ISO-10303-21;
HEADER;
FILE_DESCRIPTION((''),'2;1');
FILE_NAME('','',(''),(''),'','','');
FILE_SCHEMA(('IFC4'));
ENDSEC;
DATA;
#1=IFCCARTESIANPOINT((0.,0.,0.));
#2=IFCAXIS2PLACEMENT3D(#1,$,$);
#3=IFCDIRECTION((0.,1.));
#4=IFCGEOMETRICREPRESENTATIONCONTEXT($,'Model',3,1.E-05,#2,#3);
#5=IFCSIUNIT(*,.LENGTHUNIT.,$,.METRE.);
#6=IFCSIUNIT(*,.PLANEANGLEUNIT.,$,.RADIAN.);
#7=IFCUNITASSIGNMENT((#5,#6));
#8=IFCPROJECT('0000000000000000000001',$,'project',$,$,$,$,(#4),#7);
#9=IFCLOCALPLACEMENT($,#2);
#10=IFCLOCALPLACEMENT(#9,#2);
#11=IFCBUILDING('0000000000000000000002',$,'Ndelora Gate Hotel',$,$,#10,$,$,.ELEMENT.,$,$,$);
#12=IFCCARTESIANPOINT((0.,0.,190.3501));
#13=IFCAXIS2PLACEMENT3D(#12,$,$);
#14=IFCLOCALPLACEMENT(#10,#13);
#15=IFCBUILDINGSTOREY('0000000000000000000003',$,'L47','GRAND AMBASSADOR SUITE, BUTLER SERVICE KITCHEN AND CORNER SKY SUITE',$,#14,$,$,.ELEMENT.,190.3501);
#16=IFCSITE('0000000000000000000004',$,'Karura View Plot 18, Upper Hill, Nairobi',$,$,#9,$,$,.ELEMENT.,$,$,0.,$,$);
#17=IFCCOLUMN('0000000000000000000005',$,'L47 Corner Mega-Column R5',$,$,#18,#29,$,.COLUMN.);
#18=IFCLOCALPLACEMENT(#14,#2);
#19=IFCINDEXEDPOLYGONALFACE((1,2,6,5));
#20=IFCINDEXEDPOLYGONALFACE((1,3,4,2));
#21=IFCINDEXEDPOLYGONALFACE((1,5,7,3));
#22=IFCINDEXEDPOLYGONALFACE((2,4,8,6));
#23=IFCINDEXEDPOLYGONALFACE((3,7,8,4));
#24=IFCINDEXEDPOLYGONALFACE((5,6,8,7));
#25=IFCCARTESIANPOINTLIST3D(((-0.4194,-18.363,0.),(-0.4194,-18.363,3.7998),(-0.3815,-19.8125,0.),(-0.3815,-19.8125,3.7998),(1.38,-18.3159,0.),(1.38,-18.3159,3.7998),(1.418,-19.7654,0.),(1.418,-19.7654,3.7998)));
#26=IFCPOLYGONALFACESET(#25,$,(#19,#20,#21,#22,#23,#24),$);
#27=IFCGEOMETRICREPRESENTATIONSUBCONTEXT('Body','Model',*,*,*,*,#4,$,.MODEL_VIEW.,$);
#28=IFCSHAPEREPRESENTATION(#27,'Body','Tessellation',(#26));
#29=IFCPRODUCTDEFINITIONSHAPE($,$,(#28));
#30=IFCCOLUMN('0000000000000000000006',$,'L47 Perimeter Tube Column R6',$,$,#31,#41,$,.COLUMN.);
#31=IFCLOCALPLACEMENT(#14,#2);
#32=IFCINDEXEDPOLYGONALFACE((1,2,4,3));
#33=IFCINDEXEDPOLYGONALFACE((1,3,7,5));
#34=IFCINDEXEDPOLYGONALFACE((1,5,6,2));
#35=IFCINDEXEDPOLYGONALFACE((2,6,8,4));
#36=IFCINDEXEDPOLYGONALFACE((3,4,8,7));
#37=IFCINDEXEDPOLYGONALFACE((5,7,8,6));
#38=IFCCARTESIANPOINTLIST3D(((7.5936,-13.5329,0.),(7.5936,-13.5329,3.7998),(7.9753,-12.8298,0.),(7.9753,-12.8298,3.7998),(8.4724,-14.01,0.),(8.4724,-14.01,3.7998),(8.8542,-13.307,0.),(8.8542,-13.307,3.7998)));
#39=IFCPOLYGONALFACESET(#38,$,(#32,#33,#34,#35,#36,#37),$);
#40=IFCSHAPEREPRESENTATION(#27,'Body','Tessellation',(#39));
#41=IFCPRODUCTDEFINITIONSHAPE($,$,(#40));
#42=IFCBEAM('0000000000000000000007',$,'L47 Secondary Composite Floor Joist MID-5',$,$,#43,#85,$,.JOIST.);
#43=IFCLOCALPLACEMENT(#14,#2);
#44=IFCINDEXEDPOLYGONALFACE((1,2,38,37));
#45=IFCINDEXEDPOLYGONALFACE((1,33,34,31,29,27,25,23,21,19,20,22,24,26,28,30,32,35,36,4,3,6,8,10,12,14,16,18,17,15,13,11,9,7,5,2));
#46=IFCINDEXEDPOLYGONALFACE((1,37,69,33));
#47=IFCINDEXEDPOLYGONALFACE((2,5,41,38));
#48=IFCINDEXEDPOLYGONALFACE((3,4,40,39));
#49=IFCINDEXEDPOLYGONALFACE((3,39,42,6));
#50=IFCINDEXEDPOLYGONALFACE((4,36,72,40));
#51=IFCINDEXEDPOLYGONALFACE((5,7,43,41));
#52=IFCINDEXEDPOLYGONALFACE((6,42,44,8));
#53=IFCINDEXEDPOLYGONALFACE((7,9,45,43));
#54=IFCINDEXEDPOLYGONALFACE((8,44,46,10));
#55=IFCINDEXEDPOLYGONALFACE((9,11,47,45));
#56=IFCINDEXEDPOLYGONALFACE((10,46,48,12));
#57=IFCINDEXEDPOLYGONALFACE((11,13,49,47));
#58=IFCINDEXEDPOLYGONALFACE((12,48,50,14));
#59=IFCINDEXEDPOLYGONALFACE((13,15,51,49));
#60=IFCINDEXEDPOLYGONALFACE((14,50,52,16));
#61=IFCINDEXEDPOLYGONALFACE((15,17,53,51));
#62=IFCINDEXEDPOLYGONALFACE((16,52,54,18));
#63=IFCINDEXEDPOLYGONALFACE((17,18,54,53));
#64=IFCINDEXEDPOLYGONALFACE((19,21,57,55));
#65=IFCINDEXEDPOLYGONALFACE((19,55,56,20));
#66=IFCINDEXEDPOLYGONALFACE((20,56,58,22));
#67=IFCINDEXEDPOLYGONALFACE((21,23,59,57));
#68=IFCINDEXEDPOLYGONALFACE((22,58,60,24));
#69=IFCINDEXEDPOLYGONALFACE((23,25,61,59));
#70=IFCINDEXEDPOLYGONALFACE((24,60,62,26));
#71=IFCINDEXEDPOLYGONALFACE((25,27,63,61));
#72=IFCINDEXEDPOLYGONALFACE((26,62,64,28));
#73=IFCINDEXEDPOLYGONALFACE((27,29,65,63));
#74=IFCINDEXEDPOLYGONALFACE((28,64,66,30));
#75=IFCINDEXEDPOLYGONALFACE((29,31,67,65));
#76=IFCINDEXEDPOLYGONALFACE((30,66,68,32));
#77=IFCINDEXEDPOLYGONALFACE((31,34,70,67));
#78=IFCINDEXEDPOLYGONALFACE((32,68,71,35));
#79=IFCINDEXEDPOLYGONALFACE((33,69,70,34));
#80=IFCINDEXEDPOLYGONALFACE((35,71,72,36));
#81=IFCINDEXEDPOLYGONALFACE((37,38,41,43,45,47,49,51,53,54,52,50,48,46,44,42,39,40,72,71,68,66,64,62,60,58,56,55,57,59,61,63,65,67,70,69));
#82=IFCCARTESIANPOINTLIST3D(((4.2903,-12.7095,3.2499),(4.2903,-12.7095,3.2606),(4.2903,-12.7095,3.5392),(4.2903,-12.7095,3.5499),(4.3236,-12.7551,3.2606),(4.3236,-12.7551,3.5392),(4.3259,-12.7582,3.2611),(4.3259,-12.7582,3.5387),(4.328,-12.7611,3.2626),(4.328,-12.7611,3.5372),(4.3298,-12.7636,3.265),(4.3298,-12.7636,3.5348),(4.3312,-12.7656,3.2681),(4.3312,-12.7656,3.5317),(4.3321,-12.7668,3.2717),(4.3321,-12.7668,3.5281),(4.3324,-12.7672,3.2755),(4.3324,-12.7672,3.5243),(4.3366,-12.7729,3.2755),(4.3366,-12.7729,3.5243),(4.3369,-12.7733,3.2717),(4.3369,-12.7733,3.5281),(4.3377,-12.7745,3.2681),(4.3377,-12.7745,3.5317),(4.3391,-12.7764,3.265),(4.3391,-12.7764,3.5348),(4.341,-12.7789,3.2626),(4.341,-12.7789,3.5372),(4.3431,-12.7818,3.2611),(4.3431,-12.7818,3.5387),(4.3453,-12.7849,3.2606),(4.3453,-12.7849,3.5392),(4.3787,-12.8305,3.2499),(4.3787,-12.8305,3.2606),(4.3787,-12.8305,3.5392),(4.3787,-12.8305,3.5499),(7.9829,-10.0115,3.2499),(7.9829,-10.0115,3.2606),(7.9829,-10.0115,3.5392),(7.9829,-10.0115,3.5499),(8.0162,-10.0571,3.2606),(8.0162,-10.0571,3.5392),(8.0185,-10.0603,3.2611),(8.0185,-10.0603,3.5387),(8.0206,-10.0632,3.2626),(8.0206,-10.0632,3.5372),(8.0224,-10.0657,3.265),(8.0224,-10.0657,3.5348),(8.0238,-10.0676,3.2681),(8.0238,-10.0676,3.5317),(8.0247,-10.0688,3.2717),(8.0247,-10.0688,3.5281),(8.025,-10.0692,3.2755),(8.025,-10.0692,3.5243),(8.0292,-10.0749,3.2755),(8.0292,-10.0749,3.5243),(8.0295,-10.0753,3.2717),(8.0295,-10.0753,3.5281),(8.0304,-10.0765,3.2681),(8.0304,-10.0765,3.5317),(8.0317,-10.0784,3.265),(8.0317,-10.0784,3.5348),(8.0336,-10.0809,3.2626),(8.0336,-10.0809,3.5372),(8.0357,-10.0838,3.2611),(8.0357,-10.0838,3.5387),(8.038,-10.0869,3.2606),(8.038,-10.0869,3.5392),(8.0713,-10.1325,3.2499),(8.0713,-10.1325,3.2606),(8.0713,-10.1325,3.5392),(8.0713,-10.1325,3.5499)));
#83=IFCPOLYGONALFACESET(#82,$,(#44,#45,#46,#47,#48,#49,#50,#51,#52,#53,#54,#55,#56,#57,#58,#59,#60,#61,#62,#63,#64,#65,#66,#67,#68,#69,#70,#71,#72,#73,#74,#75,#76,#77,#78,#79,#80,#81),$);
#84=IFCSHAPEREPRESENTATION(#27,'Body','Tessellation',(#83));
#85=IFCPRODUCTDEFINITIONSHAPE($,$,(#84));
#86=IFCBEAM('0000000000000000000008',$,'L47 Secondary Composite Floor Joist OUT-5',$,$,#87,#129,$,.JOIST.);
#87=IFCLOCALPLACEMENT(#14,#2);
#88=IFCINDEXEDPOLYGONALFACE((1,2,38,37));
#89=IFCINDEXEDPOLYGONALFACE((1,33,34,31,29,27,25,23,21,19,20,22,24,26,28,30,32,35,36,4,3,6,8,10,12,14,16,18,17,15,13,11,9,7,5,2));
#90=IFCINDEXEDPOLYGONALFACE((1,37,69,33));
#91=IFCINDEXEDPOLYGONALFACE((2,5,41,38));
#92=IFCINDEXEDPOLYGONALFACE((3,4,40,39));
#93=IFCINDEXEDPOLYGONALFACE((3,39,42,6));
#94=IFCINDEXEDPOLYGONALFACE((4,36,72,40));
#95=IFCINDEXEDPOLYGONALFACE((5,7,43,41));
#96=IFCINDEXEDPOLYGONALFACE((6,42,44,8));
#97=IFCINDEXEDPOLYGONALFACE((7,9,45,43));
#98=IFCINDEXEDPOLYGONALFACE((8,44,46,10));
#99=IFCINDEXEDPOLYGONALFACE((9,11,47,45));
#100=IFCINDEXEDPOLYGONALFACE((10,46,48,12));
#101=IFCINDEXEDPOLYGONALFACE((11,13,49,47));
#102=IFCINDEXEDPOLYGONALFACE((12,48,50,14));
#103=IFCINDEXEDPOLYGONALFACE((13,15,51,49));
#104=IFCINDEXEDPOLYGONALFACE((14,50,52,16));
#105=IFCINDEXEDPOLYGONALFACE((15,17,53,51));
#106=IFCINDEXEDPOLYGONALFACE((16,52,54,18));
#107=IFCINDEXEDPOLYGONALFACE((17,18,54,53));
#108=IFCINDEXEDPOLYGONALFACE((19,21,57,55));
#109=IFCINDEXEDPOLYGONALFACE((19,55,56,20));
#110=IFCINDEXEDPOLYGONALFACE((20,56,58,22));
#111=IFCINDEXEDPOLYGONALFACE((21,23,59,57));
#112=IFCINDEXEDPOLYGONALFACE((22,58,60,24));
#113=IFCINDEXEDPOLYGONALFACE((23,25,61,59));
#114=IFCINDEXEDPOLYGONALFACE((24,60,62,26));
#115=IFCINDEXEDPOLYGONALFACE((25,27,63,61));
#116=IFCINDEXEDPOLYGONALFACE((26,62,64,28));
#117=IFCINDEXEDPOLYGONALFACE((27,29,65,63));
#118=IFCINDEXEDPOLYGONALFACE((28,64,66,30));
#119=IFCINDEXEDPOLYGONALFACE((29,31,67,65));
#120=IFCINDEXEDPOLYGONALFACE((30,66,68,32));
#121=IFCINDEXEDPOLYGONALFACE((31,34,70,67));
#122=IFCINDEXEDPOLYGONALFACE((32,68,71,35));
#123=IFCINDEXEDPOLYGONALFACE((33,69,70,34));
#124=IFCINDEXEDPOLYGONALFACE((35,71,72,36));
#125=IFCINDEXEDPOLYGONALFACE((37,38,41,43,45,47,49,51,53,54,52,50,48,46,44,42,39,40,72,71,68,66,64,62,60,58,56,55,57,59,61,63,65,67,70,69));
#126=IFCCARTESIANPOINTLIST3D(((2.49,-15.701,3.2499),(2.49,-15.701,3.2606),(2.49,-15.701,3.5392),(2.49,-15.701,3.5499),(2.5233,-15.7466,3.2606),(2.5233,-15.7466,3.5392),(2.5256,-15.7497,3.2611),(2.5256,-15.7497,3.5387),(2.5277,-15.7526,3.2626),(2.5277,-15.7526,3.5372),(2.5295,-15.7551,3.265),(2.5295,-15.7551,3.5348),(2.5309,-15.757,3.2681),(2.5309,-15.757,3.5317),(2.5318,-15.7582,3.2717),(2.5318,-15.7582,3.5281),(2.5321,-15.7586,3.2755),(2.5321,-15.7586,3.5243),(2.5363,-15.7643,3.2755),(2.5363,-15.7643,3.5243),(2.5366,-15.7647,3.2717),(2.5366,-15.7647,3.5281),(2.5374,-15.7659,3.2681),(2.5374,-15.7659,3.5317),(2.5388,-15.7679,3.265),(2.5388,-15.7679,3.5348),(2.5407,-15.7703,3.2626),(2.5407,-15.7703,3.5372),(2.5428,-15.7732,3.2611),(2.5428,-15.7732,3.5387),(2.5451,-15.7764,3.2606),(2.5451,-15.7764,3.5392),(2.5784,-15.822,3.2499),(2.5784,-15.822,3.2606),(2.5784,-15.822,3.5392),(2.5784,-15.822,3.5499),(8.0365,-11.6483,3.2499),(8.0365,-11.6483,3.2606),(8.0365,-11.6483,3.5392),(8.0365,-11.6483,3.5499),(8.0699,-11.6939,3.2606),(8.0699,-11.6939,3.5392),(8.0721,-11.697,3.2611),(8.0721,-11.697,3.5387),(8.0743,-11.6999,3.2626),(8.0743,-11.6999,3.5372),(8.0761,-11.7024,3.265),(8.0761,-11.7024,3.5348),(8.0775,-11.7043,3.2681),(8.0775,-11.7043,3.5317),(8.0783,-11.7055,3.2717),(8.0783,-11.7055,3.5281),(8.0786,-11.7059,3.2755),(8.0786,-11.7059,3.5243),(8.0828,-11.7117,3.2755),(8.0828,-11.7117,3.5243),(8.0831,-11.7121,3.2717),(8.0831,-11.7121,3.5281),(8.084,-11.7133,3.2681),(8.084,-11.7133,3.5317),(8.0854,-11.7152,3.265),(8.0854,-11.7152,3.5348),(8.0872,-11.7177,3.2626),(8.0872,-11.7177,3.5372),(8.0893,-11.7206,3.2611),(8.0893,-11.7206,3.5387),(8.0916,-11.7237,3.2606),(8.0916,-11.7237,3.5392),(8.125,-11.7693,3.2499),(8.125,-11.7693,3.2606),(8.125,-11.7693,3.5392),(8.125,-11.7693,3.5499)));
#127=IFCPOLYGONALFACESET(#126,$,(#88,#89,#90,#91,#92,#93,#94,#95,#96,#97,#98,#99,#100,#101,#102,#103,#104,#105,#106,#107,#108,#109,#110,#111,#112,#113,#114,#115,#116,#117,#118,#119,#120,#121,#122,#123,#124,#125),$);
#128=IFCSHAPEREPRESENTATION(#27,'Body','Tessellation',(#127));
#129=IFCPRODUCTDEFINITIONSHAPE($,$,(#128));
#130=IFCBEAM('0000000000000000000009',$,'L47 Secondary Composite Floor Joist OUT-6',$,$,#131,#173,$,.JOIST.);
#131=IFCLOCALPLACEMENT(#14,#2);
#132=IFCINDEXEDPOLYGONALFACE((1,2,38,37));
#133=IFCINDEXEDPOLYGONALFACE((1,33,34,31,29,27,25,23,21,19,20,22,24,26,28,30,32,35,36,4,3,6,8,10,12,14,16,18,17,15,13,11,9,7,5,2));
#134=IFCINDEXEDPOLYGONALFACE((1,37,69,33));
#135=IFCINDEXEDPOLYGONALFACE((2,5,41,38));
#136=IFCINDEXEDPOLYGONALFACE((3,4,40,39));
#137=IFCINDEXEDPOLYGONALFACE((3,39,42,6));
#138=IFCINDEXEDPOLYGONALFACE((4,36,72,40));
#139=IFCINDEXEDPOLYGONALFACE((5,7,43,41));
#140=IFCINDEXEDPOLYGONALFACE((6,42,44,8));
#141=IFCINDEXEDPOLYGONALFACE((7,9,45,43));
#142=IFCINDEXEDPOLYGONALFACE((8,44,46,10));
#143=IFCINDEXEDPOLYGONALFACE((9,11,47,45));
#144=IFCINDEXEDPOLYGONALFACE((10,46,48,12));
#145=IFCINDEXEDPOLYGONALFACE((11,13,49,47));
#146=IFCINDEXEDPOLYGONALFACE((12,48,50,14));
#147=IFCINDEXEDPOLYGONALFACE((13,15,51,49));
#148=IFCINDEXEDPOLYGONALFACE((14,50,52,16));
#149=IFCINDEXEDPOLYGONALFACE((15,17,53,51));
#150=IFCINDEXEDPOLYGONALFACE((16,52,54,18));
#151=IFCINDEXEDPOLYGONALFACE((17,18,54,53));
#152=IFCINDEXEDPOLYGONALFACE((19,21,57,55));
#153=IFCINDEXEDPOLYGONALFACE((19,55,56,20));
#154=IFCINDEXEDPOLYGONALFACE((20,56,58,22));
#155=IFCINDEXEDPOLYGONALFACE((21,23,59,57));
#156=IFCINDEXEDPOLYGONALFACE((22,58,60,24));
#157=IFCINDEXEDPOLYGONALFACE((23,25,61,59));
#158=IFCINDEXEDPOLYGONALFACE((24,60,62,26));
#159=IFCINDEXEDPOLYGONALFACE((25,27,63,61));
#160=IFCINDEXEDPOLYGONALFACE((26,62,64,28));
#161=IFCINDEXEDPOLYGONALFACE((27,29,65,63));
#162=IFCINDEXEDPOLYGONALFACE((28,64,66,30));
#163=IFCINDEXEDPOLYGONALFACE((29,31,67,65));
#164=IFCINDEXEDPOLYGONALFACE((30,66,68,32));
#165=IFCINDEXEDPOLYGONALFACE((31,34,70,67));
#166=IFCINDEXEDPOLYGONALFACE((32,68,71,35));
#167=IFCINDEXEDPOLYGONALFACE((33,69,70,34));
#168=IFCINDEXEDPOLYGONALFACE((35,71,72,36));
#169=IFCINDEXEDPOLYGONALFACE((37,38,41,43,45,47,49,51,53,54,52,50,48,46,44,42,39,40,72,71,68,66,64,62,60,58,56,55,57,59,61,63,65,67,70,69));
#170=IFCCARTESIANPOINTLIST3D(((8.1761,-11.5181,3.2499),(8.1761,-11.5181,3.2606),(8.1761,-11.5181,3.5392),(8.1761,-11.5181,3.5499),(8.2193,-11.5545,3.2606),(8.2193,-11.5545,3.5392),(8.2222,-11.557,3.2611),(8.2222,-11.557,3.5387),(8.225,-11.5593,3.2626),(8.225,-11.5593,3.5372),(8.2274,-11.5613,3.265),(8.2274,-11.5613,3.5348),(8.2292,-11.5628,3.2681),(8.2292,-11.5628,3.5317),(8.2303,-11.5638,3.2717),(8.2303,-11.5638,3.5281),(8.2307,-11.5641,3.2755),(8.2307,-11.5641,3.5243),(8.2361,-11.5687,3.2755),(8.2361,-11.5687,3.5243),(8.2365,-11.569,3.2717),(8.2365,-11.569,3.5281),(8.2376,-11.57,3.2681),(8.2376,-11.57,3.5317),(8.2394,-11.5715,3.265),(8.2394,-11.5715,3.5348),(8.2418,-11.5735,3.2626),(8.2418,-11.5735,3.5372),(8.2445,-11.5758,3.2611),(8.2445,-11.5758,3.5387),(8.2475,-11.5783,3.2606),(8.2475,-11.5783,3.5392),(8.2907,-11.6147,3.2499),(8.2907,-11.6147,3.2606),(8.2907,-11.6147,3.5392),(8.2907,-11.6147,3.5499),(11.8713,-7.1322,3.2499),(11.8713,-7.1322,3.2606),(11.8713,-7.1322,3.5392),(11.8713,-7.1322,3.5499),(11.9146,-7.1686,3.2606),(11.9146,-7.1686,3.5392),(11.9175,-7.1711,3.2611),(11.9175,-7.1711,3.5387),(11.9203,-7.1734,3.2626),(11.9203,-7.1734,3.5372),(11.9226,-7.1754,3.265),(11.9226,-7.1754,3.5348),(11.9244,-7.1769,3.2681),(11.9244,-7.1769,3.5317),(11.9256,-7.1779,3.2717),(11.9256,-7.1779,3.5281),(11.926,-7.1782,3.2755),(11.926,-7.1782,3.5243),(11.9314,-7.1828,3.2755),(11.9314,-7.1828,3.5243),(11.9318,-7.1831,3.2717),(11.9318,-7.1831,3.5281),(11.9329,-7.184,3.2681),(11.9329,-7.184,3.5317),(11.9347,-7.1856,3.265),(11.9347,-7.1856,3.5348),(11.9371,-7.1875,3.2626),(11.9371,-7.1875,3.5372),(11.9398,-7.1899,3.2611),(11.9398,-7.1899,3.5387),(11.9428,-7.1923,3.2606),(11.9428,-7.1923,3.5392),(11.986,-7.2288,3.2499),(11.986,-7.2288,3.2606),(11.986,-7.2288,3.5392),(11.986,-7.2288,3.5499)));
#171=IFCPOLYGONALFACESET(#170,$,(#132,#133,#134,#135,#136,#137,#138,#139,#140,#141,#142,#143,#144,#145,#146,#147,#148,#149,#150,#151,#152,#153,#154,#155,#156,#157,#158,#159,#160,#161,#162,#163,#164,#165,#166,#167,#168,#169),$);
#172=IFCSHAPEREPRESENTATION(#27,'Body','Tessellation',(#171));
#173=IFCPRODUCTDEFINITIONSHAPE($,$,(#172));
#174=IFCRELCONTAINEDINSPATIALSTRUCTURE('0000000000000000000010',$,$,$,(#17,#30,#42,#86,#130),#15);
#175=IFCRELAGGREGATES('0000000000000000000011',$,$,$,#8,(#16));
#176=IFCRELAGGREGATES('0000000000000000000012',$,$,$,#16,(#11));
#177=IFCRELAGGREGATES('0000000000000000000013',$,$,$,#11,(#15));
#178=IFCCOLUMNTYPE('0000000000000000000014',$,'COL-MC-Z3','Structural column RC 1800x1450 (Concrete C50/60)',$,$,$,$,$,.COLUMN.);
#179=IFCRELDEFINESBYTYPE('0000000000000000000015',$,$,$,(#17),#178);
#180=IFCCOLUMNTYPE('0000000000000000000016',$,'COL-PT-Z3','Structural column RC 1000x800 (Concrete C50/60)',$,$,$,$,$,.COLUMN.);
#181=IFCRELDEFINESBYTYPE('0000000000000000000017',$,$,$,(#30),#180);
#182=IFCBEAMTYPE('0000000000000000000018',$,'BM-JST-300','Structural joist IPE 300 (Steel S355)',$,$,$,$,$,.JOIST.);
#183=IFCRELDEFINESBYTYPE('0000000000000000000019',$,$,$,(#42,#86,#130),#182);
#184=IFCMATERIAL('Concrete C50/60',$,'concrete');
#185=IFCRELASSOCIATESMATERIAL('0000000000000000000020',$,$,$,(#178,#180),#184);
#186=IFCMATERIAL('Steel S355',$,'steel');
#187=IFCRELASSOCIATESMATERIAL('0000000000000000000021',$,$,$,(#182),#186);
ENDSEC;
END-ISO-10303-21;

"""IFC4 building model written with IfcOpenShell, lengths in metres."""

from ifc_helpers import new_model, si_unit, direction, frame, origin, origin_2d, place, context, subcontext, project, spatial, rectangle, i_section, extrude, material, material_profile, profile_set, type_object, element, save


model = new_model("IFC4")

# Units and contexts
model_context = context("Model", 3, precision=1e-05, world=origin(), true_north=direction((0.0, 1.0)))
body_context = subcontext(model_context, "Body", "Model", "MODEL_VIEW")
ifc_project = project(units=[si_unit("LENGTHUNIT", "METRE"), si_unit("PLANEANGLEUNIT", "RADIAN")], contexts=[model_context])

# Site, building, storey
site_placement = place(None, origin())
site = spatial("IfcSite", under=ifc_project, at=site_placement, Name="Karura View Plot 18, Upper Hill, Nairobi", CompositionType="ELEMENT", RefElevation=0.0)
building_placement = place(site_placement, origin())
building = spatial("IfcBuilding", under=site, at=building_placement, Name="Ndelora Gate Hotel", CompositionType="ELEMENT")
storey_placement = place(building_placement, frame((0.0, 0.0, 190.3501)))
storey = spatial("IfcBuildingStorey", under=building, at=storey_placement, Name="L47", Description="GRAND AMBASSADOR SUITE, BUTLER SERVICE KITCHEN AND CORNER SKY SUITE", CompositionType="ELEMENT", Elevation=190.3501)

# Columns
ifc_material_1 = material(Name="Concrete C50/60", Category="concrete")
ifc_material_profile_1 = material_profile(ifc_material_1, rectangle(XDim=1.45, YDim=1.8, at=origin_2d()), Name="RC 1800x1450")
ifc_profile_set_1 = profile_set([ifc_material_profile_1], Name="Concrete C50/60")
column_type_1 = type_object("IfcColumnType", Name="COL-MC-Z3", Description="Structural column RC 1800x1450 (Concrete C50/60)", PredefinedType="COLUMN", material=ifc_profile_set_1)
column_1_placement = place(storey_placement, frame((0.4993, -19.0642, 0.0), z_axis=(0.0, 0.0, 1.0), x_axis=(-0.026177, 0.999657, 0.0)))
element("IfcColumn", 1, at=column_1_placement, inside=storey, type_object=column_type_1, Name="L47 Corner Mega-Column R5", PredefinedType="COLUMN", context=body_context, shape_type="SweptSolid", body=[
    extrude(rectangle(XDim=1.45, YDim=1.8, at=origin_2d()), origin(), (0.0, 0.0, 1.0), 3.7998),
])
ifc_material_profile_2 = material_profile(ifc_material_1, rectangle(XDim=0.8, YDim=1.0, at=origin_2d()), Name="RC 1000x800")
ifc_profile_set_2 = profile_set([ifc_material_profile_2], Name="Concrete C50/60")
column_type_2 = type_object("IfcColumnType", Name="COL-PT-Z3", Description="Structural column RC 1000x800 (Concrete C50/60)", PredefinedType="COLUMN", material=ifc_profile_set_2)
column_2_placement = place(storey_placement, frame((8.2239, -13.4199, 0.0), z_axis=(0.0, 0.0, 1.0), x_axis=(0.477159, 0.878817, 0.0)))
element("IfcColumn", 2, at=column_2_placement, inside=storey, type_object=column_type_2, Name="L47 Perimeter Tube Column R6", PredefinedType="COLUMN", context=body_context, shape_type="SweptSolid", body=[
    extrude(rectangle(XDim=0.8, YDim=1.0, at=origin_2d()), origin(), (0.0, 0.0, 1.0), 3.7998),
])

# Beams
ifc_material_2 = material(Name="Steel S355", Category="steel")
ifc_material_profile_3 = material_profile(ifc_material_2, i_section(OverallWidth=0.1499, OverallDepth=0.3, WebThickness=0.0071, FlangeThickness=0.0107, FilletRadius=0.0149, at=origin_2d()), Name="IPE 300")
ifc_profile_set_3 = profile_set([ifc_material_profile_3], Name="Steel S355")
beam_type_1 = type_object("IfcBeamType", Name="BM-JST-300", Description="Structural joist IPE 300 (Steel S355)", PredefinedType="JOIST", material=ifc_profile_set_3)
beam_1_placement = place(storey_placement, frame((4.3345, -12.77, 3.3999), z_axis=(0.807439, 0.589951, 0.0), x_axis=(-0.589951, 0.807439, 0.0)))
element("IfcBeam", 3, at=beam_1_placement, inside=storey, type_object=beam_type_1, Name="L47 Secondary Composite Floor Joist MID-5", PredefinedType="JOIST", context=body_context, shape_type="SweptSolid", body=[
    extrude(i_section(OverallWidth=0.1499, OverallDepth=0.3, WebThickness=0.0071, FlangeThickness=0.0107, FilletRadius=0.0149, at=origin_2d()), origin(), (0.0, 0.0, 1.0), 4.5732),
])
beam_2_placement = place(storey_placement, frame((2.5342, -15.7615, 3.3999), z_axis=(0.807431, 0.589962, 0.0), x_axis=(-0.589962, 0.807431, 0.0)))
element("IfcBeam", 4, at=beam_2_placement, inside=storey, type_object=beam_type_1, Name="L47 Secondary Composite Floor Joist OUT-5", PredefinedType="JOIST", context=body_context, shape_type="SweptSolid", body=[
    extrude(i_section(OverallWidth=0.1499, OverallDepth=0.3, WebThickness=0.0071, FlangeThickness=0.0107, FilletRadius=0.0149, at=origin_2d()), origin(), (0.0, 0.0, 1.0), 6.8694),
])
beam_3_placement = place(storey_placement, frame((8.2334, -11.5664, 3.3999), z_axis=(0.644324, 0.764752, 0.0), x_axis=(-0.764752, 0.644324, 0.0)))
element("IfcBeam", 5, at=beam_3_placement, inside=storey, type_object=beam_type_1, Name="L47 Secondary Composite Floor Joist OUT-6", PredefinedType="JOIST", context=body_context, shape_type="SweptSolid", body=[
    extrude(i_section(OverallWidth=0.1499, OverallDepth=0.3, WebThickness=0.0071, FlangeThickness=0.0107, FilletRadius=0.0149, at=origin_2d()), origin(), (0.0, 0.0, 1.0), 5.7351),
])

save(model, "model.ifc")
